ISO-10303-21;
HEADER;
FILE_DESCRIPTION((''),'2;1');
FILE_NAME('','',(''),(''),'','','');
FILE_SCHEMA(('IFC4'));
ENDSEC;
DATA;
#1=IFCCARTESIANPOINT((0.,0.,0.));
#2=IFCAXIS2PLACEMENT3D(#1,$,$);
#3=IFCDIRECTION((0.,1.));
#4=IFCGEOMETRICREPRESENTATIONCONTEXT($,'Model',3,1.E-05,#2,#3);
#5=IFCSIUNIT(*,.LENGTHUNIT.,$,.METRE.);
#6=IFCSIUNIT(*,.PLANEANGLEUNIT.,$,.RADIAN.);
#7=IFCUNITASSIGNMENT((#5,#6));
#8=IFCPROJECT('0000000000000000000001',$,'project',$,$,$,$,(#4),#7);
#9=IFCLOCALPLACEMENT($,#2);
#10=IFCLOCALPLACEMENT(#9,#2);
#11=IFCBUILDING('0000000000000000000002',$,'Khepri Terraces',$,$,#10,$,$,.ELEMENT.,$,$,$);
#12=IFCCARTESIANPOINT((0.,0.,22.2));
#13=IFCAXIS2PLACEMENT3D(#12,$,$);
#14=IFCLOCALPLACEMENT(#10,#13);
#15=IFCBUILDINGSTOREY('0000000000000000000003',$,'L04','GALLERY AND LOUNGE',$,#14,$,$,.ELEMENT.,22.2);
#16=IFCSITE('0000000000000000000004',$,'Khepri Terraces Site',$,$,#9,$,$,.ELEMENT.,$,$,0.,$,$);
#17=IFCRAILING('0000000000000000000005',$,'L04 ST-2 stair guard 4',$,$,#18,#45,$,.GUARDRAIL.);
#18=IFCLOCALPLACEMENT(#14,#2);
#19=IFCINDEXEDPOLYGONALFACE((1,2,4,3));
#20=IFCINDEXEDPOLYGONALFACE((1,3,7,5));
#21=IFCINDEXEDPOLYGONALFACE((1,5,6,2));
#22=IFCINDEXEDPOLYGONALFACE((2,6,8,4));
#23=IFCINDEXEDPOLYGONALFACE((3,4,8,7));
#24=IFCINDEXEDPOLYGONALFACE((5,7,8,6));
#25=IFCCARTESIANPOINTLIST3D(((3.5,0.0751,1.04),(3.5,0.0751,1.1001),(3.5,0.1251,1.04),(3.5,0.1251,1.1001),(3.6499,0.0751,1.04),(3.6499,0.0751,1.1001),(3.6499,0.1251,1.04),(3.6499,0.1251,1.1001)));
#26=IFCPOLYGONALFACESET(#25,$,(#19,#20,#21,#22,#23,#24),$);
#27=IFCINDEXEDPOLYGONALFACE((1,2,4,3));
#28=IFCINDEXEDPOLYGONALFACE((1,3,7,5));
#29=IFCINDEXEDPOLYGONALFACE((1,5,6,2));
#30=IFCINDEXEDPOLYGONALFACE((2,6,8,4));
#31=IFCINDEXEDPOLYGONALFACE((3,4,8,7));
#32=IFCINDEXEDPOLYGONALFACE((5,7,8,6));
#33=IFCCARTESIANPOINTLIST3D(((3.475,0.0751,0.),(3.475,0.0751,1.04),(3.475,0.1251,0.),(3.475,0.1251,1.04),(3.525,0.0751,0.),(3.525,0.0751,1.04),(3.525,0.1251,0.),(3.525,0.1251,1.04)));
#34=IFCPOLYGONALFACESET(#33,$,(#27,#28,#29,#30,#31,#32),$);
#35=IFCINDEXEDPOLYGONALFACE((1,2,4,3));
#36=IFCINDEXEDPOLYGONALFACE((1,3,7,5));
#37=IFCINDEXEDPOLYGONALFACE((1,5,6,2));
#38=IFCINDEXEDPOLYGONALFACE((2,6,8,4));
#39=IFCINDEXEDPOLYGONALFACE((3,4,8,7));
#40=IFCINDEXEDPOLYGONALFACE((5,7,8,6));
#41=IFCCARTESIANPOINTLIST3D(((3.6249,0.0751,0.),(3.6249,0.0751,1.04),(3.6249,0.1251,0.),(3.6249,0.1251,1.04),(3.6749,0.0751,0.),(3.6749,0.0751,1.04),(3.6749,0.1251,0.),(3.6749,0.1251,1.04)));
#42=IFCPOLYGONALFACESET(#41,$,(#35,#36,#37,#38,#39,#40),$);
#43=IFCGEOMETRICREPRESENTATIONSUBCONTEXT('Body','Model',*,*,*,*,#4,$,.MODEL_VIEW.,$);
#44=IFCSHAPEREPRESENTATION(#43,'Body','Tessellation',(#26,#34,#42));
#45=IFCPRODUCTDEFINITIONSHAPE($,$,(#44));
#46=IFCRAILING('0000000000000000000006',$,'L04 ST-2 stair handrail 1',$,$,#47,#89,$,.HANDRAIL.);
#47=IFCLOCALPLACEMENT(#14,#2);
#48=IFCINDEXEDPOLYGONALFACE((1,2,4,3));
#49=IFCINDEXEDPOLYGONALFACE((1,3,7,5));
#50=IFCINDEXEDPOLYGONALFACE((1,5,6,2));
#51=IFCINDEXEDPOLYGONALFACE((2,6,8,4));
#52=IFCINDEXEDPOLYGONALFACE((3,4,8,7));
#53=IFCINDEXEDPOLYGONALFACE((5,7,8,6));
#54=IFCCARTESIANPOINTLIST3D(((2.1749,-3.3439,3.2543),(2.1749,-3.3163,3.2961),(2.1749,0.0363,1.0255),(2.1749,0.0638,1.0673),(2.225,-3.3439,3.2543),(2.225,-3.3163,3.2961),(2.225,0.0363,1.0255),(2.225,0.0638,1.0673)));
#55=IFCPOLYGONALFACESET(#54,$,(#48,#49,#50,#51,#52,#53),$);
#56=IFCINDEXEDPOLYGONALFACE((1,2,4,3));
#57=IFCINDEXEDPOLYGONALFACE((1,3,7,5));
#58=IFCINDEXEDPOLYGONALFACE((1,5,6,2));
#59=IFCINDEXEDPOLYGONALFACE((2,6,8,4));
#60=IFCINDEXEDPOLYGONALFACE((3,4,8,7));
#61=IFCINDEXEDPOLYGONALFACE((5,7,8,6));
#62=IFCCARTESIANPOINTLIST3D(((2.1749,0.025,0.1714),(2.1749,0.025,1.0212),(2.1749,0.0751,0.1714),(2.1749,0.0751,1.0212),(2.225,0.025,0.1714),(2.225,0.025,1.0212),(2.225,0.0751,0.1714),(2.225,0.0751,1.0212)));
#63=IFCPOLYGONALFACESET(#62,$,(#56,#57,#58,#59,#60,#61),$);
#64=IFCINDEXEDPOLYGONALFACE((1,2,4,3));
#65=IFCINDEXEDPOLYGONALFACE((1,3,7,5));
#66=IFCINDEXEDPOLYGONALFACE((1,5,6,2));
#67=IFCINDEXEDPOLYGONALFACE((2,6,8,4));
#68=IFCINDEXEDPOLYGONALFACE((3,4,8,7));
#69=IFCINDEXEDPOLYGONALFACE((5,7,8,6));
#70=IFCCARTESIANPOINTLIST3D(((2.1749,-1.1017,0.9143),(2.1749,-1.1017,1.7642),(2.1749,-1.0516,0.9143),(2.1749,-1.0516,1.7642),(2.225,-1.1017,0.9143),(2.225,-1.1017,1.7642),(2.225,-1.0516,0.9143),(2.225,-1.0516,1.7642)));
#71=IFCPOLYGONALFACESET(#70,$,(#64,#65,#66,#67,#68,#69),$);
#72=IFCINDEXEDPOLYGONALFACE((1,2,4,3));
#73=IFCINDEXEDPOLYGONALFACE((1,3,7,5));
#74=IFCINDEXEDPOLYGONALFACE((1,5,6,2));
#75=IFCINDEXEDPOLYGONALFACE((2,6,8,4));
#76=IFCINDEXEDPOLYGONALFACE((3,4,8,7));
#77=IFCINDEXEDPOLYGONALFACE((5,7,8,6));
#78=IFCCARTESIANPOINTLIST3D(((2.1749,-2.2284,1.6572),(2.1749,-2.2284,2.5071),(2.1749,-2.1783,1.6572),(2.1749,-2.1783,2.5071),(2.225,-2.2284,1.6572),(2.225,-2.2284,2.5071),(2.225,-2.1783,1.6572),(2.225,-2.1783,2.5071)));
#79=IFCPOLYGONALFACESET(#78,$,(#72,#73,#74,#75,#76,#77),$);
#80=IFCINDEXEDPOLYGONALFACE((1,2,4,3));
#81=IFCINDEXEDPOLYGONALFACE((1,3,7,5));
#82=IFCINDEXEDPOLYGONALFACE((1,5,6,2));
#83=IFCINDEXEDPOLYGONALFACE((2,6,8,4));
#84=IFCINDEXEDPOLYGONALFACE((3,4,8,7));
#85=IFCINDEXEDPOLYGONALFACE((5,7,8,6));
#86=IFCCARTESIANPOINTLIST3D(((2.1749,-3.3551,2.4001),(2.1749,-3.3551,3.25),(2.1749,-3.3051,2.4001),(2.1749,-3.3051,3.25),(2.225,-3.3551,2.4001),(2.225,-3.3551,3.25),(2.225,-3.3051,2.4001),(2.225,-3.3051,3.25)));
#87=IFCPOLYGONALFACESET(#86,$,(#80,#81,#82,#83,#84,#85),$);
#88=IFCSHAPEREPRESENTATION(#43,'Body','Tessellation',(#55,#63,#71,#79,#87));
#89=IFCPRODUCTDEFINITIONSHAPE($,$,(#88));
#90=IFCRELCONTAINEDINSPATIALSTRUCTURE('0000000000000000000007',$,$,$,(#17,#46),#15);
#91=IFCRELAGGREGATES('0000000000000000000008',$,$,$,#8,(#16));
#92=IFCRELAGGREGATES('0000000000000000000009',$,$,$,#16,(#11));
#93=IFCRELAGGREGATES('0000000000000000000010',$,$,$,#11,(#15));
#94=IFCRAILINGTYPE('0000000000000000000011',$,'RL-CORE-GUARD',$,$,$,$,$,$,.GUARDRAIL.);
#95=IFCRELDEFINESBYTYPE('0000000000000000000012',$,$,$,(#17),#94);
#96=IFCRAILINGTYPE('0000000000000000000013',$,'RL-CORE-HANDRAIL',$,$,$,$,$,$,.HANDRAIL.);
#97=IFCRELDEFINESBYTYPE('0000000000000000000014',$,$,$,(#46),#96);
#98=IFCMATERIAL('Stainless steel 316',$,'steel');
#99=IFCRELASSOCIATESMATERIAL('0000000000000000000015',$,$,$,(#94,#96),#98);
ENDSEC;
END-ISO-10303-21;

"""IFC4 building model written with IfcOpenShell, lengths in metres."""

from ifc_helpers import new_model, si_unit, direction, frame, origin, origin_2d, place, context, subcontext, project, spatial, rectangle, extrude, material, type_object, element, save


model = new_model("IFC4")

# Units and contexts
model_context = context("Model", 3, precision=1e-05, world=origin(), true_north=direction((0.0, 1.0)))
body_context = subcontext(model_context, "Body", "Model", "MODEL_VIEW")
ifc_project = project(units=[si_unit("LENGTHUNIT", "METRE"), si_unit("PLANEANGLEUNIT", "RADIAN")], contexts=[model_context])

# Site, building, storey
site_placement = place(None, origin())
site = spatial("IfcSite", under=ifc_project, at=site_placement, Name="Khepri Terraces Site", CompositionType="ELEMENT", RefElevation=0.0)
building_placement = place(site_placement, origin())
building = spatial("IfcBuilding", under=site, at=building_placement, Name="Khepri Terraces", CompositionType="ELEMENT")
storey_placement = place(building_placement, frame((0.0, 0.0, 22.2)))
storey = spatial("IfcBuildingStorey", under=building, at=storey_placement, Name="L04", Description="GALLERY AND LOUNGE", CompositionType="ELEMENT", Elevation=22.2)

# Railings
ifc_material_1 = material(Name="Stainless steel 316", Category="steel")
railing_type_1 = type_object("IfcRailingType", Name="RL-CORE-GUARD", PredefinedType="GUARDRAIL", material=ifc_material_1)
railing_1_placement = place(storey_placement, frame((3.5, 0.1001, 0.0)))
element("IfcRailing", 1, at=railing_1_placement, inside=storey, type_object=railing_type_1, Name="L04 ST-2 stair guard 4", PredefinedType="GUARDRAIL", context=body_context, shape_type="SweptSolid", body=[
    extrude(rectangle(XDim=0.05, YDim=0.0601, at=origin_2d()), frame((0.0, 0.0, 1.0701), z_axis=(1.0, 0.0, 0.0), x_axis=(0.0, 1.0, 0.0)), (0.0, 0.0, 1.0), 0.1499),
    extrude(rectangle(XDim=0.05, YDim=0.05, at=origin_2d()), origin(), (0.0, 0.0, 1.0), 1.04),
    extrude(rectangle(XDim=0.05, YDim=0.05, at=origin_2d()), frame((0.1499, 0.0, 0.0)), (0.0, 0.0, 1.0), 1.04),
])
railing_type_2 = type_object("IfcRailingType", Name="RL-CORE-HANDRAIL", PredefinedType="HANDRAIL", material=ifc_material_1)
railing_2_placement = place(storey_placement, frame((2.2, 0.05, 0.1714)))
element("IfcRailing", 2, at=railing_2_placement, inside=storey, type_object=railing_type_2, Name="L04 ST-2 stair handrail 1", PredefinedType="HANDRAIL", context=body_context, shape_type="SweptSolid", body=[
    extrude(rectangle(XDim=0.05, YDim=0.05, at=origin_2d()), frame((0.0, 0.0, 0.875), z_axis=(0.0, -0.834851, 0.550477), x_axis=(1.0, 0.0, 0.0)), (0.0, 0.0, 1.0), 4.0488),
    extrude(rectangle(XDim=0.05, YDim=0.05, at=origin_2d()), origin(), (0.0, 0.0, 1.0), 0.8499),
    extrude(rectangle(XDim=0.05, YDim=0.05, at=origin_2d()), frame((0.0, -1.1267, 0.7429)), (0.0, 0.0, 1.0), 0.8499),
    extrude(rectangle(XDim=0.05, YDim=0.05, at=origin_2d()), frame((0.0, -2.2534, 1.4858)), (0.0, 0.0, 1.0), 0.8499),
    extrude(rectangle(XDim=0.05, YDim=0.05, at=origin_2d()), frame((0.0, -3.3801, 2.2288)), (0.0, 0.0, 1.0), 0.8499),
])

save(model, "model.ifc")
